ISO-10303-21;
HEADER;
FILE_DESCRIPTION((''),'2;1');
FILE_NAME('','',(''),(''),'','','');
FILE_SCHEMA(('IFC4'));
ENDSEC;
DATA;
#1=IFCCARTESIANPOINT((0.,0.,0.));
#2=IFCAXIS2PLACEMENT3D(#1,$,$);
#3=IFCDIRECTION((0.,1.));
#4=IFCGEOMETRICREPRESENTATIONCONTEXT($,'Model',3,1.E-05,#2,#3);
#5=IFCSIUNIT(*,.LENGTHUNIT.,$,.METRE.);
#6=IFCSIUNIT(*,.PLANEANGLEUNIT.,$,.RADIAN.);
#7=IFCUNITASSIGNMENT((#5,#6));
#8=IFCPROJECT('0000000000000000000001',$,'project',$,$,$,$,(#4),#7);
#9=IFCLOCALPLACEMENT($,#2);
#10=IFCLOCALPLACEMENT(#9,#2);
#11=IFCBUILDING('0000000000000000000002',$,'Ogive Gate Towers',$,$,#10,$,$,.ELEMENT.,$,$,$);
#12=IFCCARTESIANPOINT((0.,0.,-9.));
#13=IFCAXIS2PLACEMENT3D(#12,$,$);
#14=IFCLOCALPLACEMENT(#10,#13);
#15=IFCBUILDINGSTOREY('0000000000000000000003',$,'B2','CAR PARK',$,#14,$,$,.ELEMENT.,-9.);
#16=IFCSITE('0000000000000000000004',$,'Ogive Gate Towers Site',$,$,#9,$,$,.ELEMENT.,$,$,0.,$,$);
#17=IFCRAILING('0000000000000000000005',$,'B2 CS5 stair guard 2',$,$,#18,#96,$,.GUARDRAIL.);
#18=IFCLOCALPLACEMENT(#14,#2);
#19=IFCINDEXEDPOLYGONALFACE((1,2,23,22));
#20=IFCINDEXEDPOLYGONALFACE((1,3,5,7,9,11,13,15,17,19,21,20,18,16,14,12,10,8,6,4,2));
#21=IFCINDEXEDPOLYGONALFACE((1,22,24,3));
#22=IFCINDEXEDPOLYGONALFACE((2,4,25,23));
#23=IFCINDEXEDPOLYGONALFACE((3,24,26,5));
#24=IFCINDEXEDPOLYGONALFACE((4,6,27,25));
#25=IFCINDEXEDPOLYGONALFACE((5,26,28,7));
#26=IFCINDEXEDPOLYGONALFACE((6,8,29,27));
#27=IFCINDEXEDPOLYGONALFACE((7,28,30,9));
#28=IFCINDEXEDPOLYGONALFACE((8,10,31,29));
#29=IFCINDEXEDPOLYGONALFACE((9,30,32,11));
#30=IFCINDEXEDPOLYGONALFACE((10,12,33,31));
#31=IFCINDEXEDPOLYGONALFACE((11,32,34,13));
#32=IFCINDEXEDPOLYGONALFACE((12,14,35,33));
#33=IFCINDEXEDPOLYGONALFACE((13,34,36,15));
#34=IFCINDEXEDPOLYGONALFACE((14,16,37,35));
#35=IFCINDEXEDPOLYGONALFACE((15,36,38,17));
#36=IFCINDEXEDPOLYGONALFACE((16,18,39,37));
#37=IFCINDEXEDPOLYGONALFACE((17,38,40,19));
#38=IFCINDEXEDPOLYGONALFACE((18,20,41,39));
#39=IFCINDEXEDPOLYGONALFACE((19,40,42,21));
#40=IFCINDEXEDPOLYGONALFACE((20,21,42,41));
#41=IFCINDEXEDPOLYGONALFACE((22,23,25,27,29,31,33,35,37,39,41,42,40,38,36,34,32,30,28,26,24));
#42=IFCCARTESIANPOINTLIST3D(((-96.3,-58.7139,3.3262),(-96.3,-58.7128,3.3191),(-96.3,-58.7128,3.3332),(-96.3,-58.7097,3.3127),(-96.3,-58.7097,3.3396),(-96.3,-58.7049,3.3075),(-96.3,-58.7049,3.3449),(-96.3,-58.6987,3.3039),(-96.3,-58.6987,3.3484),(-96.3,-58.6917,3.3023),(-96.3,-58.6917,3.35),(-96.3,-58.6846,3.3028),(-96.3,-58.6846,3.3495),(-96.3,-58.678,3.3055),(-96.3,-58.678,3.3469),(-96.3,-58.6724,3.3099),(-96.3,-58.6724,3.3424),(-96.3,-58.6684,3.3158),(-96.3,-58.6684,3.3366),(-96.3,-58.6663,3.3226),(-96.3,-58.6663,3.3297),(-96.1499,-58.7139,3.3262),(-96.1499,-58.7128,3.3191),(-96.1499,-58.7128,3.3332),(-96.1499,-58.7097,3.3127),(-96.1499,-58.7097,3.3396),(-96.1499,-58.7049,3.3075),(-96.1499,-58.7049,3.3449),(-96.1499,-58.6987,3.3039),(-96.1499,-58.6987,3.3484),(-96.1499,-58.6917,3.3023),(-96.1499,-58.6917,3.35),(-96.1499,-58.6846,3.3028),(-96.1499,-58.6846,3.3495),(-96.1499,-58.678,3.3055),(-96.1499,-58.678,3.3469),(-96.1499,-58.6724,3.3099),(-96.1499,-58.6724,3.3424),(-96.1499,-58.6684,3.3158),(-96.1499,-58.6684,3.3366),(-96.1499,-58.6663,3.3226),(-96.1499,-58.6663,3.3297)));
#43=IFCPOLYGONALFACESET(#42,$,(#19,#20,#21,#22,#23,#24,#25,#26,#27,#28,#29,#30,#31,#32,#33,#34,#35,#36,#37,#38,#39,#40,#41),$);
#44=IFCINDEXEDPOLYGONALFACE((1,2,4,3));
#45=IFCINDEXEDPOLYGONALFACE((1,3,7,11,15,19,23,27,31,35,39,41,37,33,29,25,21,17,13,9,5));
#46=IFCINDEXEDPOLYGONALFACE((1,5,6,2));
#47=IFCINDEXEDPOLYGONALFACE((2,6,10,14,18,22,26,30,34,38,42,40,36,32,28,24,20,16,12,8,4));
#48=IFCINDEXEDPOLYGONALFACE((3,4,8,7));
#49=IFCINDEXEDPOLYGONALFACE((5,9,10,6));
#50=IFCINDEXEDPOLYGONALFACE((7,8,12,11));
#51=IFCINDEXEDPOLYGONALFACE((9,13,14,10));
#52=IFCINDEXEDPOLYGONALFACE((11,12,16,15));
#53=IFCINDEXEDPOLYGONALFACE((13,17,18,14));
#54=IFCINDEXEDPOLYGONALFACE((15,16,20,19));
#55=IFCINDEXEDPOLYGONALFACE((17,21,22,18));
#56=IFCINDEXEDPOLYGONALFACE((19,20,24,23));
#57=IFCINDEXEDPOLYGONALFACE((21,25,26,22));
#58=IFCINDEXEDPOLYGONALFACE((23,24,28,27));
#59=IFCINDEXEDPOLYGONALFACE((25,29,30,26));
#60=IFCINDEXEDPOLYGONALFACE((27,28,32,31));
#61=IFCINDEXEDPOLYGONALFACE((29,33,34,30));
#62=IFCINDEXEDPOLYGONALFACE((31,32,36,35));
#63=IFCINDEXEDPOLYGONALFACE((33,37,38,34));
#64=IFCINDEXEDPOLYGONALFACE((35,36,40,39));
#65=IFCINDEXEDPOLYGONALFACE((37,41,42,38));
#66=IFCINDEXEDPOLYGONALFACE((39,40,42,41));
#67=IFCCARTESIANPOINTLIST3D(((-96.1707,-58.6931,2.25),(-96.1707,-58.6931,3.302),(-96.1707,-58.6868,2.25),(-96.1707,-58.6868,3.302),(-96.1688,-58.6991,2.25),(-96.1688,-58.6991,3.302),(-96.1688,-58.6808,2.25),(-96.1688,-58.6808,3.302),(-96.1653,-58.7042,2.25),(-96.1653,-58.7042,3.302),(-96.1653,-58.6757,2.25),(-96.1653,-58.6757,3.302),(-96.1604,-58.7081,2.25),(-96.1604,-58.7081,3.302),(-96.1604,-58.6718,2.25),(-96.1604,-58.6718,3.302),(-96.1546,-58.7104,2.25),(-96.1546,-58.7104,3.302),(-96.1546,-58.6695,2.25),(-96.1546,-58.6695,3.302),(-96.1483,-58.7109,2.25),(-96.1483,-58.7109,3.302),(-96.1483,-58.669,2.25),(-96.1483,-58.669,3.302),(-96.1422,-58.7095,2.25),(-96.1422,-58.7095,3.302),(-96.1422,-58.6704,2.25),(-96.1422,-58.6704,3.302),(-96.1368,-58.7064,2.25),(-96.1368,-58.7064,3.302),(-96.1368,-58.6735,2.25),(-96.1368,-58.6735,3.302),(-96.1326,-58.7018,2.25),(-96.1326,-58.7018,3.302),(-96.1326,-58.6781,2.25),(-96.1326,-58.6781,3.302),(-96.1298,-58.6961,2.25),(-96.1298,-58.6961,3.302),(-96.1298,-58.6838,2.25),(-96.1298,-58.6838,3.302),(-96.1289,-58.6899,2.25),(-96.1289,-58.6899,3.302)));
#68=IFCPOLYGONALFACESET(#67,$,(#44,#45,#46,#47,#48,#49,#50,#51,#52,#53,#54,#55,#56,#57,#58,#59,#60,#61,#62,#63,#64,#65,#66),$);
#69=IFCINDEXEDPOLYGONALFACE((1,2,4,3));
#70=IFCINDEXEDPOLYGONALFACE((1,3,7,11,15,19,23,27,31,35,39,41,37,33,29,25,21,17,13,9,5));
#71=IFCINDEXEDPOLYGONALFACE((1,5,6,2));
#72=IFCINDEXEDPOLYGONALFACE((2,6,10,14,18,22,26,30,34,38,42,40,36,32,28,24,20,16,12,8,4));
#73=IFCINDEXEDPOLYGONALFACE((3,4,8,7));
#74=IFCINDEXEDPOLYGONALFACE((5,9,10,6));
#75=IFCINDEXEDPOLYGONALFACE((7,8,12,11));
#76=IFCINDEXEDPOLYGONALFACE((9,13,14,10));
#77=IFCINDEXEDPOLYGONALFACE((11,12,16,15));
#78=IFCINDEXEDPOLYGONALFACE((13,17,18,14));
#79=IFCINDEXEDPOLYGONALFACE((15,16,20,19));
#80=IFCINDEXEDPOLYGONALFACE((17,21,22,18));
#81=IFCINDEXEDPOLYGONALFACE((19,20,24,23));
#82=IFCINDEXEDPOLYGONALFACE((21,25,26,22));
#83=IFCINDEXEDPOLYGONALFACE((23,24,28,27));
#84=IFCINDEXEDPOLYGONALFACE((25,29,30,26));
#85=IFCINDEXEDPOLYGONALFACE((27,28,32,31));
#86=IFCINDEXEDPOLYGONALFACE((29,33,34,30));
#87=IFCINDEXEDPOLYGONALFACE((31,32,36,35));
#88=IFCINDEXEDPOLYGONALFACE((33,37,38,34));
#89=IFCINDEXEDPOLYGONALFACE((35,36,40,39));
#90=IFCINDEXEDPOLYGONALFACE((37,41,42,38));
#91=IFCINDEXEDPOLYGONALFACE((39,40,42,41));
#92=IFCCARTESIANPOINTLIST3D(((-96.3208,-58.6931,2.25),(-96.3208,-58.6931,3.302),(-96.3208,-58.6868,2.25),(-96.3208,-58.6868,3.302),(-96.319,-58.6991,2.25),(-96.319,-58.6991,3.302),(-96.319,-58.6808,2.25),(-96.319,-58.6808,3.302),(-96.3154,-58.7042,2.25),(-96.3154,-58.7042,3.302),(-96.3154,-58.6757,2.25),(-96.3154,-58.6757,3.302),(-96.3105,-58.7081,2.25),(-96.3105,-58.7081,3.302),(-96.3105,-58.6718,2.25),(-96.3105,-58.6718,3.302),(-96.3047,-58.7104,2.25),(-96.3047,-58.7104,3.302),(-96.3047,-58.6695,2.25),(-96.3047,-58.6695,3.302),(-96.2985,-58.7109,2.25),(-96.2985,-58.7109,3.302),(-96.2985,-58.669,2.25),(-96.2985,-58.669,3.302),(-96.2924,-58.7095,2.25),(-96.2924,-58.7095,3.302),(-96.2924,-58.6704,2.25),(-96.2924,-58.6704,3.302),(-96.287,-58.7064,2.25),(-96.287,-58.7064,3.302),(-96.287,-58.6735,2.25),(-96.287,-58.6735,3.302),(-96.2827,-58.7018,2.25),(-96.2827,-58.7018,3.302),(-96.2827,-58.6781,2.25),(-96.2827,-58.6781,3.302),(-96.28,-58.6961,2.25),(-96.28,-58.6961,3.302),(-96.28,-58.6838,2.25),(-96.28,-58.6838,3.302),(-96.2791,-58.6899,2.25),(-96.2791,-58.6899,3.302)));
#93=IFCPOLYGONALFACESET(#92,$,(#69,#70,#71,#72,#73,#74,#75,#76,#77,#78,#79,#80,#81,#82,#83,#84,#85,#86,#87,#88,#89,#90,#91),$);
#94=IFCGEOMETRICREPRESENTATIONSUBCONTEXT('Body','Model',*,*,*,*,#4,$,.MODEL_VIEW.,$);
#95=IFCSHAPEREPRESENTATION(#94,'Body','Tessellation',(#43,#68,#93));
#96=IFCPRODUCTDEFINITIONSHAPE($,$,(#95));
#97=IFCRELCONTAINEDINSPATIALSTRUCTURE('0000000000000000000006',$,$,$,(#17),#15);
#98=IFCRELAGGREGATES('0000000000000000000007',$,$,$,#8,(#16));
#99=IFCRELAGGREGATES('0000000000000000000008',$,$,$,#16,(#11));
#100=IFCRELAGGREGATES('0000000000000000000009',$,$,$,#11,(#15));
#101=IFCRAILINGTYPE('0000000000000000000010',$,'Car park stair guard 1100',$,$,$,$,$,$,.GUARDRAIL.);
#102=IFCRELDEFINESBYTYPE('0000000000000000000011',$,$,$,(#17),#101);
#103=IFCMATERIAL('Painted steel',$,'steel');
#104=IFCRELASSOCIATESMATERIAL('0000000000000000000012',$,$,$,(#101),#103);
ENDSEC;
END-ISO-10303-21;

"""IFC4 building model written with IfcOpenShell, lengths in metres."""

from ifc_helpers import new_model, si_unit, direction, frame, origin, origin_2d, place, context, subcontext, project, spatial, circle, extrude, material, type_object, element, save


model = new_model("IFC4")

# Units and contexts
model_context = context("Model", 3, precision=1e-05, world=origin(), true_north=direction((0.0, 1.0)))
body_context = subcontext(model_context, "Body", "Model", "MODEL_VIEW")
ifc_project = project(units=[si_unit("LENGTHUNIT", "METRE"), si_unit("PLANEANGLEUNIT", "RADIAN")], contexts=[model_context])

# Site, building, storey
site_placement = place(None, origin())
site = spatial("IfcSite", under=ifc_project, at=site_placement, Name="Ogive Gate Towers Site", CompositionType="ELEMENT", RefElevation=0.0)
building_placement = place(site_placement, origin())
building = spatial("IfcBuilding", under=site, at=building_placement, Name="Ogive Gate Towers", CompositionType="ELEMENT")
storey_placement = place(building_placement, frame((0.0, 0.0, -9.0)))
storey = spatial("IfcBuildingStorey", under=building, at=storey_placement, Name="B2", Description="CAR PARK", CompositionType="ELEMENT", Elevation=-9.0)

# Railing
ifc_material_1 = material(Name="Painted steel", Category="steel")
railing_type_1 = type_object("IfcRailingType", Name="Car park stair guard 1100", PredefinedType="GUARDRAIL", material=ifc_material_1)
railing_1_placement = place(storey_placement, frame((-96.1499, -58.6899, 2.25)))
element("IfcRailing", 1, at=railing_1_placement, inside=storey, type_object=railing_type_1, Name="B2 CS5 stair guard 2", PredefinedType="GUARDRAIL", context=body_context, shape_type="SweptSolid", body=[
    extrude(circle(Radius=0.0239, at=origin_2d()), frame((0.0, 0.0, 1.0762), z_axis=(-1.0, 0.0, 0.0), x_axis=(0.0, -1.0, 0.0)), (0.0, 0.0, 1.0), 0.1501),
    extrude(circle(Radius=0.021, at=origin_2d()), origin(), (0.0, 0.0, 1.0), 1.052),
    extrude(circle(Radius=0.021, at=origin_2d()), frame((-0.1501, 0.0, 0.0)), (0.0, 0.0, 1.0), 1.052),
])

save(model, "model.ifc")
